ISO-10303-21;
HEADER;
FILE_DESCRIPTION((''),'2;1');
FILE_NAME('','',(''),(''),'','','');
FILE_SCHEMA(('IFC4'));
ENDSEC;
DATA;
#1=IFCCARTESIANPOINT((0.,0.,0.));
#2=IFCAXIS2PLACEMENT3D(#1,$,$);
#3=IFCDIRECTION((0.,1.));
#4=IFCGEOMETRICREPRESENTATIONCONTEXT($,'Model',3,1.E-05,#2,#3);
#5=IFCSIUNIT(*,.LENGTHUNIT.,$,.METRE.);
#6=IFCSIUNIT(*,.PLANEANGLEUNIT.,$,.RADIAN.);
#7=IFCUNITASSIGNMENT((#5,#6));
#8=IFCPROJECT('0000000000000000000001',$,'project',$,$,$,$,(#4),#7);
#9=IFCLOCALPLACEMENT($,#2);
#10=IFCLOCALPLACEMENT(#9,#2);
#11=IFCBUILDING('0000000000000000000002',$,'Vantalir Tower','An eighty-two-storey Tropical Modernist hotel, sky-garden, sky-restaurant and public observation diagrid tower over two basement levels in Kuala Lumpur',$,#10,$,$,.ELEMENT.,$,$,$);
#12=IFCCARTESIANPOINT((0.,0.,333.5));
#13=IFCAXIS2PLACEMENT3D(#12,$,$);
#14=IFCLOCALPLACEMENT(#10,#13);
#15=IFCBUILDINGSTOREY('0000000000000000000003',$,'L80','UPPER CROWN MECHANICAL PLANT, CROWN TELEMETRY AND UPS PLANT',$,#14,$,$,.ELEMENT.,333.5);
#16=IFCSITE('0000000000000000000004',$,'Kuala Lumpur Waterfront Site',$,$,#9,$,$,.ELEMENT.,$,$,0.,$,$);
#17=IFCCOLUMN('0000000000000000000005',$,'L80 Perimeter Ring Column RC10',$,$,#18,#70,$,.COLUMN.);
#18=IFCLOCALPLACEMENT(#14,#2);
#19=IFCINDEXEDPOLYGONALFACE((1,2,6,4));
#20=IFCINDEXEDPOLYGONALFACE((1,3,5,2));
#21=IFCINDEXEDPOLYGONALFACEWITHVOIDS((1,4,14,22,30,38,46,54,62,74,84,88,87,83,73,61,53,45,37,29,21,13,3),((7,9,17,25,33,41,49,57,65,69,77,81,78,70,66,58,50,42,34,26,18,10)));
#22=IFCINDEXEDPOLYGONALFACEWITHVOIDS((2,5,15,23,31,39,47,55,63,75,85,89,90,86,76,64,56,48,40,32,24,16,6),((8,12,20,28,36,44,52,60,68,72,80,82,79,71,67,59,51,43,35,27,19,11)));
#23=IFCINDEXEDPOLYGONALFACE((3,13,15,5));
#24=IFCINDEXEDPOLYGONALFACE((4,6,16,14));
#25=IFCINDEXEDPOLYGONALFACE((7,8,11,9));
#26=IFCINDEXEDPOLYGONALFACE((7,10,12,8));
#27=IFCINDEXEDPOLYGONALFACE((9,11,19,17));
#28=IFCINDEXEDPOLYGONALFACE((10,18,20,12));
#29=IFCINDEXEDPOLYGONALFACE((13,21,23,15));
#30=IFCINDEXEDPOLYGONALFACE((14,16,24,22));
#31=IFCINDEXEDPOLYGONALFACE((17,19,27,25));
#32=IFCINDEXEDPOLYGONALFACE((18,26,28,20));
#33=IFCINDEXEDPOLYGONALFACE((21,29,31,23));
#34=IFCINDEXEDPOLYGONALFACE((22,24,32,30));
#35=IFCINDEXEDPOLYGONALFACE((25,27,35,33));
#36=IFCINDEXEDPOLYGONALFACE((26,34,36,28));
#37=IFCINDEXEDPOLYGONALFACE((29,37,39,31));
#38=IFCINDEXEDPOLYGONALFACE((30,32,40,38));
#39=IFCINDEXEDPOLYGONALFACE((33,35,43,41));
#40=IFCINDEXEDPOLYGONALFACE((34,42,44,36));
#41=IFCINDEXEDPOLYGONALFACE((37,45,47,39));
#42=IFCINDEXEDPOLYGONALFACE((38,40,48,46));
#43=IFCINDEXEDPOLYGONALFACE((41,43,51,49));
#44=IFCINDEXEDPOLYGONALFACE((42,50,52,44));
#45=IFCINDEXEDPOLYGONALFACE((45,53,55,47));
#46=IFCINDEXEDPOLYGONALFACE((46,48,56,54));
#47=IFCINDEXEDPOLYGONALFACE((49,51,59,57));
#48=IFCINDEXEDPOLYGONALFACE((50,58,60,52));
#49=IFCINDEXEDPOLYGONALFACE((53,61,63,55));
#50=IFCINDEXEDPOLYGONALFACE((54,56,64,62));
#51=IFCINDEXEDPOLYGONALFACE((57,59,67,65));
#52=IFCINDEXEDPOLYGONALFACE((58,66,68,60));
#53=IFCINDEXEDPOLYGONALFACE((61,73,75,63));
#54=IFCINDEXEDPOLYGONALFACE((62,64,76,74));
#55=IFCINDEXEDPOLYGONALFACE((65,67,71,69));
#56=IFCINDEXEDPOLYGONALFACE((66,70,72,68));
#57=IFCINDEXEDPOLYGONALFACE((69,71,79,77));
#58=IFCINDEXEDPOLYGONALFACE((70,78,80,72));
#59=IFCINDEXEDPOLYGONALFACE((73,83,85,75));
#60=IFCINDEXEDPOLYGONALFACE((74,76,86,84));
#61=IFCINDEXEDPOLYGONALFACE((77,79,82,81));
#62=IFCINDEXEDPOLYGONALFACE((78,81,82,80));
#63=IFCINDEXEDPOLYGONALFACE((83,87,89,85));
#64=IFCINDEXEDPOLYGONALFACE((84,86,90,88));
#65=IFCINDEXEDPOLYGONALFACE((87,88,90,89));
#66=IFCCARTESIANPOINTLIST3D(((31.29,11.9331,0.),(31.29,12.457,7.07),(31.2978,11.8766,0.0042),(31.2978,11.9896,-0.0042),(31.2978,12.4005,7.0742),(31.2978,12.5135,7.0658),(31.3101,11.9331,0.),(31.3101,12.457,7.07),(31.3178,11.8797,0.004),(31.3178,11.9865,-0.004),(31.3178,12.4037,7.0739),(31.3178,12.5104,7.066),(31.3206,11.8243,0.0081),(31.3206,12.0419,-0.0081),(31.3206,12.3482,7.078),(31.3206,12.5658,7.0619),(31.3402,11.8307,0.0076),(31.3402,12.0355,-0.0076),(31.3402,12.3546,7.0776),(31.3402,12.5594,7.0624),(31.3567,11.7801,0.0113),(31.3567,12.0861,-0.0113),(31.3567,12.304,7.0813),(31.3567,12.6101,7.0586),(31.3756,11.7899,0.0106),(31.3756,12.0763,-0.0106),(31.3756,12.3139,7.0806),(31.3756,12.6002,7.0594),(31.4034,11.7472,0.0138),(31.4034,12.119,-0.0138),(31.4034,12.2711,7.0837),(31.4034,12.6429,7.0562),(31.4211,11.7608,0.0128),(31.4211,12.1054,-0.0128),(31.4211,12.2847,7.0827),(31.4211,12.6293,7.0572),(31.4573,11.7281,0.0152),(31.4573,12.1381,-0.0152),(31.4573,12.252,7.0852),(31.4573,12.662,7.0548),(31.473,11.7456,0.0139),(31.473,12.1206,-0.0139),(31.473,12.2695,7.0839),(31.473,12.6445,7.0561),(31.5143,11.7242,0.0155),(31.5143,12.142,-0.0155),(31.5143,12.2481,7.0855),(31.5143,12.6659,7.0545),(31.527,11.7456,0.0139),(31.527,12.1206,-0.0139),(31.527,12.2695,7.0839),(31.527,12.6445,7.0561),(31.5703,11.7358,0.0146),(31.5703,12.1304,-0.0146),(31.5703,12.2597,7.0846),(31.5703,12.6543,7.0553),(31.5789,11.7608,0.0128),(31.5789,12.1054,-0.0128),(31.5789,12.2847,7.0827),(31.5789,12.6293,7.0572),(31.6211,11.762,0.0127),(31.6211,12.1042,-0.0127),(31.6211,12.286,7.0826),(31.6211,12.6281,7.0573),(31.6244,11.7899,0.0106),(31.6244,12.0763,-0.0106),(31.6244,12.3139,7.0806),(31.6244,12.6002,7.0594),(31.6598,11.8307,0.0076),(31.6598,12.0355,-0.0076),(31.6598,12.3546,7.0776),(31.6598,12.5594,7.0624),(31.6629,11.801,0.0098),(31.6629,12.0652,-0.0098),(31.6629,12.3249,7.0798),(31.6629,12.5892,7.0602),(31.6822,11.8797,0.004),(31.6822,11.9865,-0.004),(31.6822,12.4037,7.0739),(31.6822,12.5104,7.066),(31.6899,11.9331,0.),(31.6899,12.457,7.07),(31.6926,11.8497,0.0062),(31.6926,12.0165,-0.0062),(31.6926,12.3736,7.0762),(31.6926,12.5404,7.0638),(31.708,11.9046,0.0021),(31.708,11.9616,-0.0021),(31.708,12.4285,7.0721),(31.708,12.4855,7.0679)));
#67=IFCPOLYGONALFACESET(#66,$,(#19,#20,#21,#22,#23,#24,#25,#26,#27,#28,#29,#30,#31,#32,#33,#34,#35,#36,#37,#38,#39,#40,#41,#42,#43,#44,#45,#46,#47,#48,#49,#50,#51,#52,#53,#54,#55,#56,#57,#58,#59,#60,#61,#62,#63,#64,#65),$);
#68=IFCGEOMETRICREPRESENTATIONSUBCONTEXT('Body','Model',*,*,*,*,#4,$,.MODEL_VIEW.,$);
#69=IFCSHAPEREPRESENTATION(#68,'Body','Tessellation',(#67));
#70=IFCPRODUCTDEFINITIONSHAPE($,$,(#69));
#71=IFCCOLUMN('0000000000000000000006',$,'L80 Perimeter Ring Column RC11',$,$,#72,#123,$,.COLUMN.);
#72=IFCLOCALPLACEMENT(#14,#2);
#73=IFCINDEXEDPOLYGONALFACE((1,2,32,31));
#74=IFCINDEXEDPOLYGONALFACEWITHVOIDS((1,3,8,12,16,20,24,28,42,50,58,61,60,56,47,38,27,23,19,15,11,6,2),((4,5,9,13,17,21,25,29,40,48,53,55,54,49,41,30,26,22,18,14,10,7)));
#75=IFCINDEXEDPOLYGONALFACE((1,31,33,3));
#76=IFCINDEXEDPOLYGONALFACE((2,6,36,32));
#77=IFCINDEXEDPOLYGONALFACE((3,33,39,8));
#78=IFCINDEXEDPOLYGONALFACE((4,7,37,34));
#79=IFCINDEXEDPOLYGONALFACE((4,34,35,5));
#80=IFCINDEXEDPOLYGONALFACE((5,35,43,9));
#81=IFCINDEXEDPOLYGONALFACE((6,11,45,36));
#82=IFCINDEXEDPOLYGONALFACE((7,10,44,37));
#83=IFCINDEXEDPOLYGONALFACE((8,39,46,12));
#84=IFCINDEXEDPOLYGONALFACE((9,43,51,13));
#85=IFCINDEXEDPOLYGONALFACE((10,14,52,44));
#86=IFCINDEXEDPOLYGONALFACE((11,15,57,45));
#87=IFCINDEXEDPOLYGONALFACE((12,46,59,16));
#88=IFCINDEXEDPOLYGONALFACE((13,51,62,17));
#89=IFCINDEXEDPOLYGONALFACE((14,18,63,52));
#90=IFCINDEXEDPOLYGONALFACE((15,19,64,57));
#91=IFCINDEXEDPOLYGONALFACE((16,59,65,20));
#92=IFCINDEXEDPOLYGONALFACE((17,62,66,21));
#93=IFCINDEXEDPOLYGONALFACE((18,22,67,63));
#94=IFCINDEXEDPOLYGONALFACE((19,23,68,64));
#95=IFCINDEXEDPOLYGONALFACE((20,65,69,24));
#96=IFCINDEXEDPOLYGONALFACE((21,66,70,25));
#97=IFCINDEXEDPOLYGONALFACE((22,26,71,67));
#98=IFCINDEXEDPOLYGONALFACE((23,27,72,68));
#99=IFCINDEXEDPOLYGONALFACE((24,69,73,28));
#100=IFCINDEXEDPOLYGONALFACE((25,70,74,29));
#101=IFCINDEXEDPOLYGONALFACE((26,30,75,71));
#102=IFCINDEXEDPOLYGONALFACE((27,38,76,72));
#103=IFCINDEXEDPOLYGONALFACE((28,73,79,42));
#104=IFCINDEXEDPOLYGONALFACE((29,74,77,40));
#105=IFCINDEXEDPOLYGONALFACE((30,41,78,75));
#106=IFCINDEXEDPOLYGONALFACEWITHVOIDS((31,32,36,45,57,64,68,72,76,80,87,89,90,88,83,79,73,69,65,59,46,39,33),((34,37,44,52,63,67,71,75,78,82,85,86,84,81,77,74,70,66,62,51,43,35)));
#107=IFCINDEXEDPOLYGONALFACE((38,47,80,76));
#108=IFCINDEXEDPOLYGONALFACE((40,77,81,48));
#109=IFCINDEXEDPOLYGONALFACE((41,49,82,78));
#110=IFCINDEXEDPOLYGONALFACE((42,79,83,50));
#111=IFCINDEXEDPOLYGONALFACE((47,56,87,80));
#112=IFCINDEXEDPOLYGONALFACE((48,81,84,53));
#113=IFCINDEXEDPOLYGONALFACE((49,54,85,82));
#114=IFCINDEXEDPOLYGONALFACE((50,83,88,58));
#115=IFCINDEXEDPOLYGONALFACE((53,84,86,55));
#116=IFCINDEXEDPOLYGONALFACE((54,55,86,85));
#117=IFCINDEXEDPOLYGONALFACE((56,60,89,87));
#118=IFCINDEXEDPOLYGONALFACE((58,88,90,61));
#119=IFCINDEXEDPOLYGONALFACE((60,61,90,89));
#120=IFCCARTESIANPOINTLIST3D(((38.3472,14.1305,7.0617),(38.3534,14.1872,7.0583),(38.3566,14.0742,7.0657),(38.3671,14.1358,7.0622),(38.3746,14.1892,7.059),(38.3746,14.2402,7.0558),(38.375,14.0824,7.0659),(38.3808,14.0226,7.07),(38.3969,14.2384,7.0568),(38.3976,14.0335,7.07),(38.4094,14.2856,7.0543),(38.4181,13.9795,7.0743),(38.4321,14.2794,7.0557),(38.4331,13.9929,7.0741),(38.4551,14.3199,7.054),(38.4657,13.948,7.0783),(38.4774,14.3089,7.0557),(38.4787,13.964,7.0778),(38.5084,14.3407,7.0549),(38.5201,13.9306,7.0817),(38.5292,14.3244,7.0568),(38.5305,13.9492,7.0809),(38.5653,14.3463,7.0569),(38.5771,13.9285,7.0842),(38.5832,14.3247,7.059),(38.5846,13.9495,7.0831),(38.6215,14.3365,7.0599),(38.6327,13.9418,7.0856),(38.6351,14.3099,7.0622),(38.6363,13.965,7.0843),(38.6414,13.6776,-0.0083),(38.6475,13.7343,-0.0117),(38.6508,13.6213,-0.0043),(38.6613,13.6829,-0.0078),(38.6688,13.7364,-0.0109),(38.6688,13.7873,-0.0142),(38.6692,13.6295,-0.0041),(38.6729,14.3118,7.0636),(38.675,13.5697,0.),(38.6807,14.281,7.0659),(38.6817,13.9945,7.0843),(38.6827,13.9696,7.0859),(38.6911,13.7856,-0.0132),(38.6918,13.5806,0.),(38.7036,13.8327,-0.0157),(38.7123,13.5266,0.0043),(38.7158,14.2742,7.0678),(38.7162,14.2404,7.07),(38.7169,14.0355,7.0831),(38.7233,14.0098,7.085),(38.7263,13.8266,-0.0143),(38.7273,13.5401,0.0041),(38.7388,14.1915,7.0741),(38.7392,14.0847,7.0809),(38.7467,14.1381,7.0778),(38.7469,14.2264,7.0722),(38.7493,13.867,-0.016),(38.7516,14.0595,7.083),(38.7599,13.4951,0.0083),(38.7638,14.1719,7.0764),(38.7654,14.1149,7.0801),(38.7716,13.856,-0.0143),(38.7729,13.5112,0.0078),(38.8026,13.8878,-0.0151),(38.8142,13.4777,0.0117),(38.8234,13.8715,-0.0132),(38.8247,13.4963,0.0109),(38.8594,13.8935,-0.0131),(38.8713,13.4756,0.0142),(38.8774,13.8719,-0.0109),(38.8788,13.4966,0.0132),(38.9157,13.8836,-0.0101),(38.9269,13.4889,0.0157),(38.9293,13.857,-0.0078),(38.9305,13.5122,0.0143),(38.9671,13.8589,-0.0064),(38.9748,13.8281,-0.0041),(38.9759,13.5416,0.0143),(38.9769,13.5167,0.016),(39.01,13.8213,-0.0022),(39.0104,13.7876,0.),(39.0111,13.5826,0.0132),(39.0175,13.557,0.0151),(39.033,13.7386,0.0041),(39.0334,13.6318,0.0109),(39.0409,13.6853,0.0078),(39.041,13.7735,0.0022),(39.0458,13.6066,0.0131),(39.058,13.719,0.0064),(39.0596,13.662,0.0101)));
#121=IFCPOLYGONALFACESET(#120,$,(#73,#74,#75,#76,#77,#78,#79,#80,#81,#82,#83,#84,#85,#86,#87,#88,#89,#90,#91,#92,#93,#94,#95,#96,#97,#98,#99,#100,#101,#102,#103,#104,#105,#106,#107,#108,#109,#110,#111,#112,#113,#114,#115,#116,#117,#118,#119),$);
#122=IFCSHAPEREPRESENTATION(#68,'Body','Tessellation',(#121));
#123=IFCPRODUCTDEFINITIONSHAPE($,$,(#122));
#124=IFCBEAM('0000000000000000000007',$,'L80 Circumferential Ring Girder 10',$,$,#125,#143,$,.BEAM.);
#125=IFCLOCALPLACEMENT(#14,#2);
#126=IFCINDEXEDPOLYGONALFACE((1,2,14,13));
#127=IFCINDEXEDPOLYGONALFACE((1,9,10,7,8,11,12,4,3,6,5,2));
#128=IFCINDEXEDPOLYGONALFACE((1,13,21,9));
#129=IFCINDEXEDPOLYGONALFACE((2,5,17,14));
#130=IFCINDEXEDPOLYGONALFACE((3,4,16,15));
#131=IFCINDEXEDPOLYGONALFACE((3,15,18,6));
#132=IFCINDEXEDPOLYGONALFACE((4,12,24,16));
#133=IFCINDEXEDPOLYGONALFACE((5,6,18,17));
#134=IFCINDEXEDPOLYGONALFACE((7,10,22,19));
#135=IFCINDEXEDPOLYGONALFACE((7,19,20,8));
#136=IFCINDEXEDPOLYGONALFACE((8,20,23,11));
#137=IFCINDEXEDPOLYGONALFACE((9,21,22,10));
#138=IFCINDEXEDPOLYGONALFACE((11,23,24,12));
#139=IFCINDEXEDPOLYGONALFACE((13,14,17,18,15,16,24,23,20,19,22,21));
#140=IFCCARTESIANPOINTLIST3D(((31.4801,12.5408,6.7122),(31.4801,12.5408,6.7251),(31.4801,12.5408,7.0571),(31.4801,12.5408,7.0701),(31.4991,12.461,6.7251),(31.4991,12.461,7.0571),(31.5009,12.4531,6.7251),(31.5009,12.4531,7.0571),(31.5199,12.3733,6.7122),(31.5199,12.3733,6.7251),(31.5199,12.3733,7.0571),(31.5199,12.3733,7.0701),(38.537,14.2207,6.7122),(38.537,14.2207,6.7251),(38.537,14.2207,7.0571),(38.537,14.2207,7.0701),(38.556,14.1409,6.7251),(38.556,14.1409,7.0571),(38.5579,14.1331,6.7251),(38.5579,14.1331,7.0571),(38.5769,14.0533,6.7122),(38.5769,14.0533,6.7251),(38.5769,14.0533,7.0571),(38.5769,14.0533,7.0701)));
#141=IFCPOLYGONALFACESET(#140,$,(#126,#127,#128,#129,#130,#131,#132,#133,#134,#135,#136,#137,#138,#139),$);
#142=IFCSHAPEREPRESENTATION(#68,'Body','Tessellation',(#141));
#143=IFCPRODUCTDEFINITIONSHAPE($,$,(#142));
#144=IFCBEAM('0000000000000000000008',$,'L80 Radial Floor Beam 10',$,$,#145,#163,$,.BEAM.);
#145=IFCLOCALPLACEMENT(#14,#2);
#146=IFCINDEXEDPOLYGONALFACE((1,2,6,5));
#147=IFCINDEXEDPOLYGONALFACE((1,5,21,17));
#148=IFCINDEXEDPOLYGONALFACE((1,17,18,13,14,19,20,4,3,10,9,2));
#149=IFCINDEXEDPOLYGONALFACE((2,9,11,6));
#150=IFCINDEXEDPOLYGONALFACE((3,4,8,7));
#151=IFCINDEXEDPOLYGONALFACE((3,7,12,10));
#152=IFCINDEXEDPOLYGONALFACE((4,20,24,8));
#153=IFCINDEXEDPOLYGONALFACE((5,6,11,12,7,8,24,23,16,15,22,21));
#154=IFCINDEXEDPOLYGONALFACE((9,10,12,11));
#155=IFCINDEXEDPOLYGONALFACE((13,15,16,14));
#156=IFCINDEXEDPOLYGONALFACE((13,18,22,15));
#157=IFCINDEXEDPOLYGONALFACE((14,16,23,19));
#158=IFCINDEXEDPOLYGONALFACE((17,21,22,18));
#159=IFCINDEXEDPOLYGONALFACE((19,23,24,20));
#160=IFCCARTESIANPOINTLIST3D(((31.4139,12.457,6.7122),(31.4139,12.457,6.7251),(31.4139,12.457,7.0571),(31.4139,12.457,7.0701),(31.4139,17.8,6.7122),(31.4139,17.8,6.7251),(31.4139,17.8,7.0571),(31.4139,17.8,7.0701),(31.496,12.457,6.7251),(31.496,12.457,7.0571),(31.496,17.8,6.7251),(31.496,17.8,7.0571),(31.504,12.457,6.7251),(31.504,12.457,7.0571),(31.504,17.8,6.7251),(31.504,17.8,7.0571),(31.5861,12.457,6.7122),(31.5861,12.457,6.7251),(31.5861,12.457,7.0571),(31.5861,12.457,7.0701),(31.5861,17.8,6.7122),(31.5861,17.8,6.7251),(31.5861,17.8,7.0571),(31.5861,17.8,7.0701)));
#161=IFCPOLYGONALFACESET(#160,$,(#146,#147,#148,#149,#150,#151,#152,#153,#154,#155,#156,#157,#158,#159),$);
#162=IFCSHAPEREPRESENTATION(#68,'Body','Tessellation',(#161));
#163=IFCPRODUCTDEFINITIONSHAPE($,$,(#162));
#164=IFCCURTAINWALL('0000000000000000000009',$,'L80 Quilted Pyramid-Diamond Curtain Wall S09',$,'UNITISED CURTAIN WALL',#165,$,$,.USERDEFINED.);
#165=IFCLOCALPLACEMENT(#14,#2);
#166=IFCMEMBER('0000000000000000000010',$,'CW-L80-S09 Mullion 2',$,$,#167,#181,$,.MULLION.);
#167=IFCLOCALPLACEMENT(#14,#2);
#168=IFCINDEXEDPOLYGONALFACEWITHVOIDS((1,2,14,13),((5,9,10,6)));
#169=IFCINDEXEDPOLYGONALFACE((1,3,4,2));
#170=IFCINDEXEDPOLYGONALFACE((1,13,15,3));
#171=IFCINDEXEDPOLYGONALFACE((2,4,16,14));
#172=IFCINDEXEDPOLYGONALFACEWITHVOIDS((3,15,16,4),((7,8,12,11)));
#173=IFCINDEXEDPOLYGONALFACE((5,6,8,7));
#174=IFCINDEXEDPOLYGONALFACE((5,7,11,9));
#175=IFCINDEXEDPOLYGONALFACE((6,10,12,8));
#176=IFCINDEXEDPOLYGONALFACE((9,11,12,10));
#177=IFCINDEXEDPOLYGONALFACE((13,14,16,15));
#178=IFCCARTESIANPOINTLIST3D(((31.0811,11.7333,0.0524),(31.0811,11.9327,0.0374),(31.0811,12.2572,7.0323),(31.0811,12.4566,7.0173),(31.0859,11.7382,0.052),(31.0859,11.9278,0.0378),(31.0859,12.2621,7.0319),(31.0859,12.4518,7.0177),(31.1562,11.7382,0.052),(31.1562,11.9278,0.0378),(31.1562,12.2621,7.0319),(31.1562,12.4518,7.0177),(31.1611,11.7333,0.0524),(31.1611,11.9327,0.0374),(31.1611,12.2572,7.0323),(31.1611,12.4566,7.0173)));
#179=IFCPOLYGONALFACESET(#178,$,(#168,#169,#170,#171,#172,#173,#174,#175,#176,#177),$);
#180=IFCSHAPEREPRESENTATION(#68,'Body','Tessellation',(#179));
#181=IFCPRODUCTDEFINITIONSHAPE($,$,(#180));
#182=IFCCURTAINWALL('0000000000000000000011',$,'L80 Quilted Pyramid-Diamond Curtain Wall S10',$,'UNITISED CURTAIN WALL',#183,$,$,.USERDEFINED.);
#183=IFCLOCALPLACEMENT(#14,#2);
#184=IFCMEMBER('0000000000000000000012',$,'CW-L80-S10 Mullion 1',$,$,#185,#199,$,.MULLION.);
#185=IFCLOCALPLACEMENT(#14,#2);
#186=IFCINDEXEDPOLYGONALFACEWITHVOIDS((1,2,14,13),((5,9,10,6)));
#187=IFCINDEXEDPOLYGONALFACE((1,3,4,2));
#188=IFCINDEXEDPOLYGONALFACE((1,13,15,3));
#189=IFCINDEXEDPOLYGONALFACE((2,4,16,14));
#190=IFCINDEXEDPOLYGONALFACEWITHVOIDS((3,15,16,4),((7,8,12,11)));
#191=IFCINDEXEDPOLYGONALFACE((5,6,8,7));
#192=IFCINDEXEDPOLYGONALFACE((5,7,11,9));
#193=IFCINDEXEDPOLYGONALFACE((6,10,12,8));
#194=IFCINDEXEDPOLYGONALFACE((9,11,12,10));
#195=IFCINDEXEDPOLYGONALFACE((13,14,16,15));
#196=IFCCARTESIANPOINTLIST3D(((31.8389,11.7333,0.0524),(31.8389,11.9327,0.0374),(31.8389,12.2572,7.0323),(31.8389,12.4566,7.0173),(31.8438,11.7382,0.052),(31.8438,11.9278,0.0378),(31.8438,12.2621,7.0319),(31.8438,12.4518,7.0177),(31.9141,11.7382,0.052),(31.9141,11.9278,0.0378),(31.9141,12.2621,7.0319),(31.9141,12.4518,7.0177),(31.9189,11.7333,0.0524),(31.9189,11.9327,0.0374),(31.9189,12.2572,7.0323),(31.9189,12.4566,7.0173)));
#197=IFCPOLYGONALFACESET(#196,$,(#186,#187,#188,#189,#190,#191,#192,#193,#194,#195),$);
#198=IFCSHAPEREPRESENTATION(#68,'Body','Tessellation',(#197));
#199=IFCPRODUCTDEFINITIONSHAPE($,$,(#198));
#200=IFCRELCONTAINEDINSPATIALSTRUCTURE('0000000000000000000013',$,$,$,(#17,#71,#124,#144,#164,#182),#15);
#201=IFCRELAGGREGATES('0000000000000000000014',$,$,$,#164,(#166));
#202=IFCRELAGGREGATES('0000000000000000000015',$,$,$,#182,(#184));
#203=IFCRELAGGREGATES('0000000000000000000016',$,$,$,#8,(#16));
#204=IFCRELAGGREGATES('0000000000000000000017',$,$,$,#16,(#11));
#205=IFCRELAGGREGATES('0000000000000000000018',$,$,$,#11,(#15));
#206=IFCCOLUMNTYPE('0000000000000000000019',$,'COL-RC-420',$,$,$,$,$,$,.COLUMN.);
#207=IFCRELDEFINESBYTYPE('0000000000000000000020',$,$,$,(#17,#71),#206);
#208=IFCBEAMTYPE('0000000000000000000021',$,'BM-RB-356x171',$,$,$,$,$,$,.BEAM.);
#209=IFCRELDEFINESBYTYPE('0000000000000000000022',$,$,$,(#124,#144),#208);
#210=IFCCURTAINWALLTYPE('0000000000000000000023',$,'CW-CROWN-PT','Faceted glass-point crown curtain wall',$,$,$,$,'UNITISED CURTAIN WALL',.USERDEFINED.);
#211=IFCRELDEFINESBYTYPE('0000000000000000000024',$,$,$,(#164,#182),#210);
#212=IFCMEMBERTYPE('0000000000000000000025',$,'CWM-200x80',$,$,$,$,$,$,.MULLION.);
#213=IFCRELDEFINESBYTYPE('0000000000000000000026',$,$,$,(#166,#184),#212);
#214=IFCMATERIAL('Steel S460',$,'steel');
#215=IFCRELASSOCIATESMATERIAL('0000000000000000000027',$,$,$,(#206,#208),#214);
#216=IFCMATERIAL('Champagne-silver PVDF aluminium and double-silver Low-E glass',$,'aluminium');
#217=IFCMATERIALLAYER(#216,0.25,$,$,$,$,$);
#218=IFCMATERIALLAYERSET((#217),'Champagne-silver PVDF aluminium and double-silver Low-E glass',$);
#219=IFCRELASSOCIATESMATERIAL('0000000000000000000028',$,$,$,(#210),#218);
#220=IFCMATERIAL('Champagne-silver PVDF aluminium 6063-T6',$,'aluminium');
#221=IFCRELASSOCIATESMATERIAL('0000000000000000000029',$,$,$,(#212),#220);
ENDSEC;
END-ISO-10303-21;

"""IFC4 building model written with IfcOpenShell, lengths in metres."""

from ifc_helpers import new_model, si_unit, direction, frame, origin, origin_2d, place, context, subcontext, project, spatial, hollow_rectangle, hollow_circle, i_section, extrude, material, layer, layer_set, material_profile, profile_set, type_object, element, aggregate, save


model = new_model("IFC4")

# Units and contexts
model_context = context("Model", 3, precision=1e-05, world=origin(), true_north=direction((0.0, 1.0)))
body_context = subcontext(model_context, "Body", "Model", "MODEL_VIEW")
ifc_project = project(units=[si_unit("LENGTHUNIT", "METRE"), si_unit("PLANEANGLEUNIT", "RADIAN")], contexts=[model_context])

# Site, building, storey
site_placement = place(None, origin())
site = spatial("IfcSite", under=ifc_project, at=site_placement, Name="Kuala Lumpur Waterfront Site", CompositionType="ELEMENT", RefElevation=0.0)
building_placement = place(site_placement, origin())
building = spatial("IfcBuilding", under=site, at=building_placement, Name="Vantalir Tower", Description="An eighty-two-storey Tropical Modernist hotel, sky-garden, sky-restaurant and public observation diagrid tower over two basement levels in Kuala Lumpur", CompositionType="ELEMENT")
storey_placement = place(building_placement, frame((0.0, 0.0, 333.5)))
storey = spatial("IfcBuildingStorey", under=building, at=storey_placement, Name="L80", Description="UPPER CROWN MECHANICAL PLANT, CROWN TELEMETRY AND UPS PLANT", CompositionType="ELEMENT", Elevation=333.5)

# Columns
ifc_material_1 = material(Name="Steel S460", Category="steel")
ifc_material_profile_1 = material_profile(ifc_material_1, hollow_circle(Radius=0.21, WallThickness=0.02, at=origin_2d()), Name="Steel S460")
ifc_profile_set_1 = profile_set([ifc_material_profile_1], Name="Steel S460")
column_type = type_object("IfcColumnType", Name="COL-RC-420", PredefinedType="COLUMN", material=ifc_profile_set_1)
column_1_placement = place(storey_placement, frame((31.5, 11.9331, 0.0), z_axis=(0.0, 0.073902, 0.997265), x_axis=(-1.0, 0.0, 0.0)))
element("IfcColumn", 1, at=column_1_placement, inside=storey, type_object=column_type, Name="L80 Perimeter Ring Column RC10", PredefinedType="COLUMN", context=body_context, shape_type="SweptSolid", body=[
    extrude(hollow_circle(Radius=0.21, WallThickness=0.02, at=origin_2d()), origin(), (0.0, 0.0, 1.0), 7.0894),
])
column_2_placement = place(storey_placement, frame((38.8511, 13.6841, 0.0), z_axis=(-0.04149, 0.06387, 0.997095), x_axis=(-0.838599, -0.54475, 0.0)))
element("IfcColumn", 2, at=column_2_placement, inside=storey, type_object=column_type, Name="L80 Perimeter Ring Column RC11", PredefinedType="COLUMN", context=body_context, shape_type="SweptSolid", body=[
    extrude(hollow_circle(Radius=0.21, WallThickness=0.02, at=origin_2d()), origin(), (0.0, 0.0, 1.0), 7.0906),
])

# Beams
ifc_material_profile_2 = material_profile(ifc_material_1, i_section(OverallWidth=0.1721, OverallDepth=0.3579, WebThickness=0.0081, FlangeThickness=0.0129, at=origin_2d()), Name="Steel S460")
ifc_profile_set_2 = profile_set([ifc_material_profile_2], Name="Steel S460")
beam_type = type_object("IfcBeamType", Name="BM-RB-356x171", PredefinedType="BEAM", material=ifc_profile_set_2)
beam_1_placement = place(storey_placement, frame((31.5, 12.457, 6.8911), z_axis=(0.972815, 0.231584, 0.0), x_axis=(-0.231584, 0.972815, 0.0)))
element("IfcBeam", 3, at=beam_1_placement, inside=storey, type_object=beam_type, Name="L80 Circumferential Ring Girder 10", PredefinedType="BEAM", context=body_context, shape_type="SweptSolid", body=[
    extrude(i_section(OverallWidth=0.1721, OverallDepth=0.3579, WebThickness=0.0081, FlangeThickness=0.0129, at=origin_2d()), origin(), (0.0, 0.0, 1.0), 7.2542),
])
beam_2_placement = place(storey_placement, frame((31.5, 12.457, 6.8911), z_axis=(0.0, 1.0, 0.0), x_axis=(-1.0, 0.0, 0.0)))
element("IfcBeam", 4, at=beam_2_placement, inside=storey, type_object=beam_type, Name="L80 Radial Floor Beam 10", PredefinedType="BEAM", context=body_context, shape_type="SweptSolid", body=[
    extrude(i_section(OverallWidth=0.1721, OverallDepth=0.3579, WebThickness=0.0081, FlangeThickness=0.0129, at=origin_2d()), origin(), (0.0, 0.0, 1.0), 5.343),
])

# Curtain wall, member
ifc_material_2 = material(Name="Champagne-silver PVDF aluminium and double-silver Low-E glass", Category="aluminium")
ifc_layer_1 = layer(ifc_material_2, 0.25)
ifc_layer_set_1 = layer_set([ifc_layer_1], Name="Champagne-silver PVDF aluminium and double-silver Low-E glass")
curtain_wall_type = type_object("IfcCurtainWallType", Name="CW-CROWN-PT", Description="Faceted glass-point crown curtain wall", ElementType="UNITISED CURTAIN WALL", PredefinedType="USERDEFINED", material=ifc_layer_set_1)
curtain_wall_1_placement = place(storey_placement, origin())
curtain_wall_1 = element("IfcCurtainWall", 5, at=curtain_wall_1_placement, inside=storey, type_object=curtain_wall_type, Name="L80 Quilted Pyramid-Diamond Curtain Wall S09", ObjectType="UNITISED CURTAIN WALL", PredefinedType="USERDEFINED")
ifc_material_3 = material(Name="Champagne-silver PVDF aluminium 6063-T6", Category="aluminium")
ifc_material_profile_3 = material_profile(ifc_material_3, hollow_rectangle(XDim=0.0801, YDim=0.2, WallThickness=0.0049, at=origin_2d()), Name="Champagne-silver PVDF aluminium 6063-T6")
ifc_profile_set_3 = profile_set([ifc_material_profile_3], Name="Champagne-silver PVDF aluminium 6063-T6")
member_type_1 = type_object("IfcMemberType", Name="CWM-200x80", PredefinedType="MULLION", material=ifc_profile_set_3)
member_1_placement = place(storey_placement, frame((31.1211, 11.833, 0.0449), z_axis=(0.0, 0.074851, 0.997195), x_axis=(-1.0, 0.0, 0.0)))
member_1 = element("IfcMember", 6, at=member_1_placement, type_object=member_type_1, Name="CW-L80-S09 Mullion 2", PredefinedType="MULLION", context=body_context, shape_type="SweptSolid", body=[
    extrude(hollow_rectangle(XDim=0.0801, YDim=0.2, WallThickness=0.0049, at=origin_2d()), origin(), (0.0, 0.0, 1.0), 6.9995),
])

# Curtain wall, member
curtain_wall_2_placement = place(storey_placement, origin())
curtain_wall_2 = element("IfcCurtainWall", 7, at=curtain_wall_2_placement, inside=storey, type_object=curtain_wall_type, Name="L80 Quilted Pyramid-Diamond Curtain Wall S10", ObjectType="UNITISED CURTAIN WALL", PredefinedType="USERDEFINED")
member_2_placement = place(storey_placement, frame((31.8789, 11.833, 0.0449), z_axis=(0.0, 0.074851, 0.997195), x_axis=(-1.0, 0.0, 0.0)))
member_2 = element("IfcMember", 8, at=member_2_placement, type_object=member_type_1, Name="CW-L80-S10 Mullion 1", PredefinedType="MULLION", context=body_context, shape_type="SweptSolid", body=[
    extrude(hollow_rectangle(XDim=0.0801, YDim=0.2, WallThickness=0.0049, at=origin_2d()), origin(), (0.0, 0.0, 1.0), 6.9995),
])

aggregate(curtain_wall_1, [member_1])
aggregate(curtain_wall_2, [member_2])

save(model, "model.ifc")
